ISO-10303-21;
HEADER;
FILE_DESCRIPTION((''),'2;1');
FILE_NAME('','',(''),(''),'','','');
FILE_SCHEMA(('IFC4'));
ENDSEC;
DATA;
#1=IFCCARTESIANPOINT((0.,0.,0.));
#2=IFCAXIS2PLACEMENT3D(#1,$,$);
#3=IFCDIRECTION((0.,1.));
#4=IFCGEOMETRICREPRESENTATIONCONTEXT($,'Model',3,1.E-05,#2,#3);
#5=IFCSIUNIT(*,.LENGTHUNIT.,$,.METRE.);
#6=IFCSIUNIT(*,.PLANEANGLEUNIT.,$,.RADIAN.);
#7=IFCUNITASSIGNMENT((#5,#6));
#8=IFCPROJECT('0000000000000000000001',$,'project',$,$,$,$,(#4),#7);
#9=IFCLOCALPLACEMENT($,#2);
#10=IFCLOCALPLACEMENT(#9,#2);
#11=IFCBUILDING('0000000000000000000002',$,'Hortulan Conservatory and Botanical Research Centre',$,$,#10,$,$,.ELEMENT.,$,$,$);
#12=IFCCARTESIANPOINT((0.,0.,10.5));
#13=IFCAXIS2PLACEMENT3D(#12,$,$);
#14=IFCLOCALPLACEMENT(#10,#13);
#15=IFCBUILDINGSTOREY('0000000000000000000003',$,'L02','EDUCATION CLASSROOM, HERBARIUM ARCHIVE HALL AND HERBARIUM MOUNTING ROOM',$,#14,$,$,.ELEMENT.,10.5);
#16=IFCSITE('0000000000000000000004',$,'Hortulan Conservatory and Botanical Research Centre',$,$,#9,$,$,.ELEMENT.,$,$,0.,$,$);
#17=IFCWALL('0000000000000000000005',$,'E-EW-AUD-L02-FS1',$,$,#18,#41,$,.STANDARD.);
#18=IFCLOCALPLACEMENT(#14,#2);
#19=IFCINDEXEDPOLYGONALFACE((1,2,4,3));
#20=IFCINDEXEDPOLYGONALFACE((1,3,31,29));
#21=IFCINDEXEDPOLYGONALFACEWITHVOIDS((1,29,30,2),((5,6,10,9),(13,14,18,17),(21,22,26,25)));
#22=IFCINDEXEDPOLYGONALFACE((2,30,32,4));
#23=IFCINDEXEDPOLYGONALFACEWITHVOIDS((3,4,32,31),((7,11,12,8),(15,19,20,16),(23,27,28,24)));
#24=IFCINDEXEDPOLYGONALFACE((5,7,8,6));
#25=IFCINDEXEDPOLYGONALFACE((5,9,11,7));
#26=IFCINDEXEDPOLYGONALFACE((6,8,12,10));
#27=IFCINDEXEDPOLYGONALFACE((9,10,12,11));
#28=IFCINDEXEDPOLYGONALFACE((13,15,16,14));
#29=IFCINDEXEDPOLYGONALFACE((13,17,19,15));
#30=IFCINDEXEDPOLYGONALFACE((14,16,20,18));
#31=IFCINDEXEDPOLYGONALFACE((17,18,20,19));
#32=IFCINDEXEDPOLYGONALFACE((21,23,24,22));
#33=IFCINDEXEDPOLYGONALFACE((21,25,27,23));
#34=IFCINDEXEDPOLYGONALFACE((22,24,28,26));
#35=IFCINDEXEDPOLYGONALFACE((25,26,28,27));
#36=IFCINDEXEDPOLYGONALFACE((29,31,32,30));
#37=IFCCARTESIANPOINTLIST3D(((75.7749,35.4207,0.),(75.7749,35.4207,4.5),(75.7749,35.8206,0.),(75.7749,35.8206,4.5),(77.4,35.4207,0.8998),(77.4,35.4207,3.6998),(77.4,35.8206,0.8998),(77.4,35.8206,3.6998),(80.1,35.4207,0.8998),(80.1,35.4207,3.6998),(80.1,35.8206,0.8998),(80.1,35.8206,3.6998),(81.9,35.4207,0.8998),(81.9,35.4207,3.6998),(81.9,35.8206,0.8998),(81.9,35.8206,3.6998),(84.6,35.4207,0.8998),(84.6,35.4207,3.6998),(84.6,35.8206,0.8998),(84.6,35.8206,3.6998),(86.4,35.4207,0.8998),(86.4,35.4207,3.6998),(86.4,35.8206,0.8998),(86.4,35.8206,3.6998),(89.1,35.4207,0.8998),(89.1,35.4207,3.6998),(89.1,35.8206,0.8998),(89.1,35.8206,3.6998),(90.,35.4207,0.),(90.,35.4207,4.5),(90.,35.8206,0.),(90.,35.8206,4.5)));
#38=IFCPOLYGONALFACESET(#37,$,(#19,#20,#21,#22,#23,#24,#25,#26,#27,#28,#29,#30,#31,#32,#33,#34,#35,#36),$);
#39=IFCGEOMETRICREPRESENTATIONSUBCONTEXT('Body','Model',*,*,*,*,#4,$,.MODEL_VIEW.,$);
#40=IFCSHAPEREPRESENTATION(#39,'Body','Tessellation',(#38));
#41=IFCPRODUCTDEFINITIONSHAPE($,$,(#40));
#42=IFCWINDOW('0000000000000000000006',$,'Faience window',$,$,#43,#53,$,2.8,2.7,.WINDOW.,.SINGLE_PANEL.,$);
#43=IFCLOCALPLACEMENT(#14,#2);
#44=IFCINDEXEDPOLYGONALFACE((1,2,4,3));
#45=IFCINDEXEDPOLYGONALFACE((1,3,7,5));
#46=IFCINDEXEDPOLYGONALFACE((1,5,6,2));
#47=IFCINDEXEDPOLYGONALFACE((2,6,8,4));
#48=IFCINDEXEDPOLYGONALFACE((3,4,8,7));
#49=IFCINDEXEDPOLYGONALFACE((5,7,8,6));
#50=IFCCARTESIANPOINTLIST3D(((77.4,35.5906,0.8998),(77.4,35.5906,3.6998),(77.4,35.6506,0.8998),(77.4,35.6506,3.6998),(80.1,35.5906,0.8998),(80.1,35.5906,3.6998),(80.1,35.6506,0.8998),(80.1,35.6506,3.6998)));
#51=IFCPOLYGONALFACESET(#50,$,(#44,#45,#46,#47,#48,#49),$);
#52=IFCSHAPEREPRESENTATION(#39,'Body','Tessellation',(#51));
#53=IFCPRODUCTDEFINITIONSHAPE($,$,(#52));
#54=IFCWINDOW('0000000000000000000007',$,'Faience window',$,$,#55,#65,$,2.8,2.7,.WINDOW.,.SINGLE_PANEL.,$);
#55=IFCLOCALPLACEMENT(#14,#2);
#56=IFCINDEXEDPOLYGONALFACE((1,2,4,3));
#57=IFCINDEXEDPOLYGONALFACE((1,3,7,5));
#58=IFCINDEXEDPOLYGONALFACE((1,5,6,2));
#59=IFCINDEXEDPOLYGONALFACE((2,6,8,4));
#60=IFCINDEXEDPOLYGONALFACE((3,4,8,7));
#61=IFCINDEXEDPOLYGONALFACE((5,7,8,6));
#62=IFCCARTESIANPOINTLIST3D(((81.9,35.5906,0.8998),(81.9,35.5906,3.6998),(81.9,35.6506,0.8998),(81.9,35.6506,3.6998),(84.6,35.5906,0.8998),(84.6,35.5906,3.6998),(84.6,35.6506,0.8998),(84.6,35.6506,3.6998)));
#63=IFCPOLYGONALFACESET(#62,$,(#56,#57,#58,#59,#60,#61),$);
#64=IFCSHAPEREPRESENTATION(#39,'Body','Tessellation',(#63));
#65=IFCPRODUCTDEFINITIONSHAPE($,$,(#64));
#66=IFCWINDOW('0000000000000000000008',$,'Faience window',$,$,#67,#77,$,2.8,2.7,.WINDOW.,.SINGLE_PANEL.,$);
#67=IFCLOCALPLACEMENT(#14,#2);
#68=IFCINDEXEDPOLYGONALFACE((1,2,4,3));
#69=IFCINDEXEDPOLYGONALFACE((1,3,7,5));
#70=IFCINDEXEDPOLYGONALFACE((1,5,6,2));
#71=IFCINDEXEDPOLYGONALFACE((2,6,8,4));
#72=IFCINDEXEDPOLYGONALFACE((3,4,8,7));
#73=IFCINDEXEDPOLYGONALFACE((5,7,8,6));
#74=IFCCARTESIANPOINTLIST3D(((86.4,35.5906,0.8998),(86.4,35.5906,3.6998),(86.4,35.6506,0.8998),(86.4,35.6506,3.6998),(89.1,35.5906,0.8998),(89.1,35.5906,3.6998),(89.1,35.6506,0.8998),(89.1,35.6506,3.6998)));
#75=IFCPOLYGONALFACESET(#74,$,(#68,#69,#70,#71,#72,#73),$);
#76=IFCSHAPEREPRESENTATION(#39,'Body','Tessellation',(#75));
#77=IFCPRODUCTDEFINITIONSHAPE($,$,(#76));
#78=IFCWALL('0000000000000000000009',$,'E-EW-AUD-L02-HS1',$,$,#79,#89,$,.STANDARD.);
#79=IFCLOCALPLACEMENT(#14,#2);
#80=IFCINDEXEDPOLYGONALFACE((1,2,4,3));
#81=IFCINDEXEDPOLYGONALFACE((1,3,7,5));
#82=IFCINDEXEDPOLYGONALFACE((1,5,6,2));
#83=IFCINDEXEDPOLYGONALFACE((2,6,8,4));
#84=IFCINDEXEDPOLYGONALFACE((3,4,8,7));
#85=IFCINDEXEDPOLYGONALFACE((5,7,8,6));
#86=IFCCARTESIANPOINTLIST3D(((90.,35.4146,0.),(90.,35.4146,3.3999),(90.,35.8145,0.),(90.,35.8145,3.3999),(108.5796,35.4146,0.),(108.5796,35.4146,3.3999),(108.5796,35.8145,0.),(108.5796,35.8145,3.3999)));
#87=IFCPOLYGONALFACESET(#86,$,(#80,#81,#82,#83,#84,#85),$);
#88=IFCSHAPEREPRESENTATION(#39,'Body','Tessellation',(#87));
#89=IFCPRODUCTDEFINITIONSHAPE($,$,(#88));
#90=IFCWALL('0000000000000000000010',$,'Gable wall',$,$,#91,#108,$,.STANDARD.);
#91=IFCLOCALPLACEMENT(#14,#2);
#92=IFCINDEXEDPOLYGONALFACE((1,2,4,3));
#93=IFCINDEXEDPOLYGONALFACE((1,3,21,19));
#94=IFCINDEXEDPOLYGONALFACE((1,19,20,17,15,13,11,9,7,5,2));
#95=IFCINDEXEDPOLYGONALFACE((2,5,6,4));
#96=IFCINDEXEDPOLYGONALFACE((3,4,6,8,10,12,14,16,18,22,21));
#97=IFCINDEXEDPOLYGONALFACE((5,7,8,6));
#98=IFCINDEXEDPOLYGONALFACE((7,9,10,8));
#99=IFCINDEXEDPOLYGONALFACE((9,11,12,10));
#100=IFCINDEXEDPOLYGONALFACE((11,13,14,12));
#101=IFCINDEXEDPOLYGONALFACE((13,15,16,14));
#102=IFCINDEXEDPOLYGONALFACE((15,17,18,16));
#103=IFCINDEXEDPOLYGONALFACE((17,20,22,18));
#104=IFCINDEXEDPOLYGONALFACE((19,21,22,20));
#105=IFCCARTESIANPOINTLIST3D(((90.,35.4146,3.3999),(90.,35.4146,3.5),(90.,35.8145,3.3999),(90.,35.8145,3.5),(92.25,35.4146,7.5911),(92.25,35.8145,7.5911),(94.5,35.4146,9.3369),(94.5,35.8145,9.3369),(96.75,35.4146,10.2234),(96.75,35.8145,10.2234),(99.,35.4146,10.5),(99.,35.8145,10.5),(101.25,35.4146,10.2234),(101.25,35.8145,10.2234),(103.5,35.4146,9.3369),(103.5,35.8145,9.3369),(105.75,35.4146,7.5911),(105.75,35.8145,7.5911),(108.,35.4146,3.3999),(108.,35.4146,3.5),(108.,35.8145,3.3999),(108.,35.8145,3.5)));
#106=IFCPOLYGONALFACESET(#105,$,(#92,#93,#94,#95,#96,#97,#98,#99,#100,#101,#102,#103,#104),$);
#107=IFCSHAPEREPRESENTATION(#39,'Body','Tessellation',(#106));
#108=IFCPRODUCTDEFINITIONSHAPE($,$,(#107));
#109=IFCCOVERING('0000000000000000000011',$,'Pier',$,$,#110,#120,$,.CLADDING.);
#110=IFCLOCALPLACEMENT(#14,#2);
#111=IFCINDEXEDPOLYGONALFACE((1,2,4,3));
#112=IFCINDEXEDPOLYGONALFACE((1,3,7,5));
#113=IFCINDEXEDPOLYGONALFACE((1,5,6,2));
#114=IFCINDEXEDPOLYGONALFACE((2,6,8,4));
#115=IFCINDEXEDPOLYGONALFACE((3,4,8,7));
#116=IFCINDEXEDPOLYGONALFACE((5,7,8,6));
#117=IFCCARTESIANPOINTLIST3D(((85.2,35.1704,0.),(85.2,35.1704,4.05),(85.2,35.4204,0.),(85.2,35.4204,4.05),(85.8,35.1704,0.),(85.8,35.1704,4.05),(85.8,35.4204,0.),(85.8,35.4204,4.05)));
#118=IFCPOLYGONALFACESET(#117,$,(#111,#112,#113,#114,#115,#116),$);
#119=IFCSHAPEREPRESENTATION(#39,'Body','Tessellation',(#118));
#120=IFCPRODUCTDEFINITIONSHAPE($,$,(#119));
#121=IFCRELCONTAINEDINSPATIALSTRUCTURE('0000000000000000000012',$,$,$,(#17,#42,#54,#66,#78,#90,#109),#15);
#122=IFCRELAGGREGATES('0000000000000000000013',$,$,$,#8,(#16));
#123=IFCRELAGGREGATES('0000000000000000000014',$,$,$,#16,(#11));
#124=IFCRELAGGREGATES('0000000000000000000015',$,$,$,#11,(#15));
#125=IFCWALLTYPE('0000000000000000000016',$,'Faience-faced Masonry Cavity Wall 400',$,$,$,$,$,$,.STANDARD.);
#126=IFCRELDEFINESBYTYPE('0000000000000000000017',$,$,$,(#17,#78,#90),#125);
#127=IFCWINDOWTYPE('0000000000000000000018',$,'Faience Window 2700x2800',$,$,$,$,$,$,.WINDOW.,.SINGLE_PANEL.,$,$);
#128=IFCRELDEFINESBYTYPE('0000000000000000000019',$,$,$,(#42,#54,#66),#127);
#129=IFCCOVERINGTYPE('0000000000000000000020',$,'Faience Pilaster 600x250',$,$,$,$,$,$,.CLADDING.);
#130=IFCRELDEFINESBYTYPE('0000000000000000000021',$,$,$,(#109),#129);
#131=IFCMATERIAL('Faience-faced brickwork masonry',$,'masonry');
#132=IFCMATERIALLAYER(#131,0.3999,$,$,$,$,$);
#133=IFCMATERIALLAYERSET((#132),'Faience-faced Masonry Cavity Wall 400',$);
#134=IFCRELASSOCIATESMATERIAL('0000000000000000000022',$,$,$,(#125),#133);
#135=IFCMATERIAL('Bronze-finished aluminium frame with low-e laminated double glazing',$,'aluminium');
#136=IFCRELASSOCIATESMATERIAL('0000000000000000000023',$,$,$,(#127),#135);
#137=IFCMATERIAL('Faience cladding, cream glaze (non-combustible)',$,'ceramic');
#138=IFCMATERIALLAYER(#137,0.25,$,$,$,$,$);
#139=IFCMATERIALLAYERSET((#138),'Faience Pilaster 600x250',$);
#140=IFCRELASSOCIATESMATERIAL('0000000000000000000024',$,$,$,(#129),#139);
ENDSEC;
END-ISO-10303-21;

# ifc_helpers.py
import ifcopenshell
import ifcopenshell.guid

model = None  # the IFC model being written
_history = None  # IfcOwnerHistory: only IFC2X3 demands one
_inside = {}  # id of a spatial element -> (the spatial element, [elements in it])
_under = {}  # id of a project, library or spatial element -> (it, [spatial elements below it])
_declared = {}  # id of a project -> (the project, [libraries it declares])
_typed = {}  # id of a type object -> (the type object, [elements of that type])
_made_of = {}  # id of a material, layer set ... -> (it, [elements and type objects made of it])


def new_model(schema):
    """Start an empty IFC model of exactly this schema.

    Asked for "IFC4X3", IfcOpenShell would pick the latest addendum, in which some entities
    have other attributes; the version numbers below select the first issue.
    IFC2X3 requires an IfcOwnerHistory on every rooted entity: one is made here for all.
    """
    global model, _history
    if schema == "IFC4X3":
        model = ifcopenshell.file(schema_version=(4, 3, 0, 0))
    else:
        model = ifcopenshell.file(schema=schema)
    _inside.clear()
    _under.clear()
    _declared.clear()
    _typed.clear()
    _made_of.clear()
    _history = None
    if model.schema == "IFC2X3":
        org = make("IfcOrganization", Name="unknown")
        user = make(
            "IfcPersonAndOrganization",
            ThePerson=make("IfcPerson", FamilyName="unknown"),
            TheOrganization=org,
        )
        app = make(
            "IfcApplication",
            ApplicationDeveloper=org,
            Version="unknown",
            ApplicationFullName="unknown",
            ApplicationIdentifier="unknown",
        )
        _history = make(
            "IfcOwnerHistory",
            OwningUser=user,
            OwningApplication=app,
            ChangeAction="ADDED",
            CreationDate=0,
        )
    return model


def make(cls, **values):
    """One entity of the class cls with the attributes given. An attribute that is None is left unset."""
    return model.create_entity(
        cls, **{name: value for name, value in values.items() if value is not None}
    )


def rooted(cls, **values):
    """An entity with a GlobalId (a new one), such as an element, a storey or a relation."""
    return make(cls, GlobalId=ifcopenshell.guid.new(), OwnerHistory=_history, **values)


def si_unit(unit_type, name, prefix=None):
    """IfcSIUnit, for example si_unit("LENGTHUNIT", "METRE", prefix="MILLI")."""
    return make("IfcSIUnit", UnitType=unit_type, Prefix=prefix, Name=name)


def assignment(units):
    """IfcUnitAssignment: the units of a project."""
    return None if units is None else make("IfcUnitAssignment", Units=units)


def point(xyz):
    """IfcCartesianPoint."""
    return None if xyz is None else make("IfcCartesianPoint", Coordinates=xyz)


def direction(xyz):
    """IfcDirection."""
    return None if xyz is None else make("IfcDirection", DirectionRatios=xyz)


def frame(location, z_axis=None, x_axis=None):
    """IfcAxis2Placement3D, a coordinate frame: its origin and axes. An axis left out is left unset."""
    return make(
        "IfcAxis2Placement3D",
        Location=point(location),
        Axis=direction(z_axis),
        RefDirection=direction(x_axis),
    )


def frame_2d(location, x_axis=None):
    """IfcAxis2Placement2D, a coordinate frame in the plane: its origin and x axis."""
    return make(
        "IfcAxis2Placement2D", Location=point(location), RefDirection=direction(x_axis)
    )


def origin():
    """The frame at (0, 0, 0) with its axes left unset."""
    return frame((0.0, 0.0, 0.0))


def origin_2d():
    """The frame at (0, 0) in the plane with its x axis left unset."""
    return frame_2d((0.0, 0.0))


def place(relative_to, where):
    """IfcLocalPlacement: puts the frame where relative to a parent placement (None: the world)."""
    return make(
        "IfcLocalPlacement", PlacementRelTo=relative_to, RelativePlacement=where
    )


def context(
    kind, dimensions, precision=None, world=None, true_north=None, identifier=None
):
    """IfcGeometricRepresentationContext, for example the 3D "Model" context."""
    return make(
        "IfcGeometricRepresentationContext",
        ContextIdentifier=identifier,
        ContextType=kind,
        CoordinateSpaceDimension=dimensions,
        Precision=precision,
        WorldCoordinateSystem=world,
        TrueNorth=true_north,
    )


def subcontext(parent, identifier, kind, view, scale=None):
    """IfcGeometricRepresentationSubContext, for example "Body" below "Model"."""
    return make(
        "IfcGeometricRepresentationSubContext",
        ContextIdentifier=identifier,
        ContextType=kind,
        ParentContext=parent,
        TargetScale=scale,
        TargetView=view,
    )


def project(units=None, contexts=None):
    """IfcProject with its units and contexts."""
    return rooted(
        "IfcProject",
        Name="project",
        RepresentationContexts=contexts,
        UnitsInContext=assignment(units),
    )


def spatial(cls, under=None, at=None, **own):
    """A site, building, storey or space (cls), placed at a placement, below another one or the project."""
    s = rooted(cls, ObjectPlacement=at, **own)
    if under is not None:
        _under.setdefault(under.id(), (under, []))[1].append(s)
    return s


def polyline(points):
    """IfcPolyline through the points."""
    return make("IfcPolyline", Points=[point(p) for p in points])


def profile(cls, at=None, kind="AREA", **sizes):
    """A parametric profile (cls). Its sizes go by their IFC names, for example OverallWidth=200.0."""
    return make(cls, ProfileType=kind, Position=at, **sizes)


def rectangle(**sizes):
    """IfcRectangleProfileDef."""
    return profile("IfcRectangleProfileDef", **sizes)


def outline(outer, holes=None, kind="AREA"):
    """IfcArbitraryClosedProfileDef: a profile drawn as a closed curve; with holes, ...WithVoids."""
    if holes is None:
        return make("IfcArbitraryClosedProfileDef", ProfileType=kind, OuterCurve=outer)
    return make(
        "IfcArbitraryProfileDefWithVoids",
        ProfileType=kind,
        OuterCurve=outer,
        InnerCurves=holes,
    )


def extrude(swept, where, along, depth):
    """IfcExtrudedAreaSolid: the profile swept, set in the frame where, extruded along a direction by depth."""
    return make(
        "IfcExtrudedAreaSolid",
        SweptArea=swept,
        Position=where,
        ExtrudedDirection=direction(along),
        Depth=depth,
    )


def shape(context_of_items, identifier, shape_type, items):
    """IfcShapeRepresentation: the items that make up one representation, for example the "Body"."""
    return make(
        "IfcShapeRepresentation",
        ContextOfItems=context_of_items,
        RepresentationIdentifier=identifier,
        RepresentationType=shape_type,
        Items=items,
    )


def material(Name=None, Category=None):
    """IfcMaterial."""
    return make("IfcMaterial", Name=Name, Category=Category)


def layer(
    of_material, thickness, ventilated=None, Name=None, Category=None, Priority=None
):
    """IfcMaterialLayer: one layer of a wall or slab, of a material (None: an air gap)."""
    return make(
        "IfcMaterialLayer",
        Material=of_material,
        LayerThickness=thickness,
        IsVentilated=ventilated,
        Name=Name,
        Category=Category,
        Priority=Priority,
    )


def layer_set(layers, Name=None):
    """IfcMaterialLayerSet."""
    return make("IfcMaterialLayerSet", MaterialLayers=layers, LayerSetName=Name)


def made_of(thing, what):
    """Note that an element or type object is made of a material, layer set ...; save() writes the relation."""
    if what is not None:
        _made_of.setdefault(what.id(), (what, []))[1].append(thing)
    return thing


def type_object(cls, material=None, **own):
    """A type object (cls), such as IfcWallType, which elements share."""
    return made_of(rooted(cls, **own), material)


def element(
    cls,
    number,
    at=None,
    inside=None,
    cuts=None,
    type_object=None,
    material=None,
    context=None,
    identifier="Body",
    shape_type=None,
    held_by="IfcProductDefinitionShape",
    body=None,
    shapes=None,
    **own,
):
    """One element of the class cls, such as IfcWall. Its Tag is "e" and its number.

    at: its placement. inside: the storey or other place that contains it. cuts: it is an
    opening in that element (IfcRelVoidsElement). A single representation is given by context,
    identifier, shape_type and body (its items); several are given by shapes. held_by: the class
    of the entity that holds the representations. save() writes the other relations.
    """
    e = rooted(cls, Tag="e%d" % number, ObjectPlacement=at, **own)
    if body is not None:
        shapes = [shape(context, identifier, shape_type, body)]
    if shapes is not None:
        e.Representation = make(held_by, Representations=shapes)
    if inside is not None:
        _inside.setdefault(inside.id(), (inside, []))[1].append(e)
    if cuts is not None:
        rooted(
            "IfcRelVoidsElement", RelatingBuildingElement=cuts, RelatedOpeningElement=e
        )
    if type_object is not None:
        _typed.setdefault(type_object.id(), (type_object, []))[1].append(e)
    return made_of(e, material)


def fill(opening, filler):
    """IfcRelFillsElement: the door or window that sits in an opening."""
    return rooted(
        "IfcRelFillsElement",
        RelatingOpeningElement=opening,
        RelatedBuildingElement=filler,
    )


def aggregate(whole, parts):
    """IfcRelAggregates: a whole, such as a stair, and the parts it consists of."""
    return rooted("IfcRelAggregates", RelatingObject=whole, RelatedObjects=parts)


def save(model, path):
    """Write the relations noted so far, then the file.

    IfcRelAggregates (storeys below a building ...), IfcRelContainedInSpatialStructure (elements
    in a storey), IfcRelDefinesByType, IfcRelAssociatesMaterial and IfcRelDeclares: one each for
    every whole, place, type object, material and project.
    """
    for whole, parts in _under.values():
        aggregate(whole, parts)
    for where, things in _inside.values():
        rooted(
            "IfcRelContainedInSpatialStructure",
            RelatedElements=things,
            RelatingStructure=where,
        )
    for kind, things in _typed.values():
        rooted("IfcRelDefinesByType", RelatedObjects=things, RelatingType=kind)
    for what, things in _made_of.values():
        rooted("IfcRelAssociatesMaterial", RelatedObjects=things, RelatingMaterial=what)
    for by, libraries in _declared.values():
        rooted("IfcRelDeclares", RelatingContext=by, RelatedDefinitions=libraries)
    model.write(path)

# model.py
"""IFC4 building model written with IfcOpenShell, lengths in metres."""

from ifc_helpers import new_model, si_unit, direction, frame, frame_2d, origin, origin_2d, place, context, subcontext, project, spatial, polyline, rectangle, outline, extrude, material, layer, layer_set, type_object, element, fill, save


model = new_model("IFC4")

# Units and contexts
model_context = context("Model", 3, precision=1e-05, world=origin(), true_north=direction((0.0, 1.0)))
body_context = subcontext(model_context, "Body", "Model", "MODEL_VIEW")
ifc_project = project(units=[si_unit("LENGTHUNIT", "METRE"), si_unit("PLANEANGLEUNIT", "RADIAN")], contexts=[model_context])

# Site, building, storey
site_placement = place(None, origin())
site = spatial("IfcSite", under=ifc_project, at=site_placement, Name="Hortulan Conservatory and Botanical Research Centre", CompositionType="ELEMENT", RefElevation=0.0)
building_placement = place(site_placement, origin())
building = spatial("IfcBuilding", under=site, at=building_placement, Name="Hortulan Conservatory and Botanical Research Centre", CompositionType="ELEMENT")
storey_placement = place(building_placement, frame((0.0, 0.0, 10.5)))
storey = spatial("IfcBuildingStorey", under=building, at=storey_placement, Name="L02", Description="EDUCATION CLASSROOM, HERBARIUM ARCHIVE HALL AND HERBARIUM MOUNTING ROOM", CompositionType="ELEMENT", Elevation=10.5)

# Wall, openings, windows
ifc_material_1 = material(Name="Faience-faced brickwork masonry", Category="masonry")
ifc_layer_1 = layer(ifc_material_1, 0.3999)
ifc_layer_set_1 = layer_set([ifc_layer_1], Name="Faience-faced Masonry Cavity Wall 400")
wall_type_1 = type_object("IfcWallType", Name="Faience-faced Masonry Cavity Wall 400", PredefinedType="STANDARD", material=ifc_layer_set_1)
wall_1_placement = place(storey_placement, frame((90.0, 35.6206, 0.0), z_axis=(0.0, 0.0, 1.0), x_axis=(-1.0, 0.0, 0.0)))
wall_1 = element("IfcWall", 1, at=wall_1_placement, inside=storey, type_object=wall_type_1, Name="E-EW-AUD-L02-FS1", PredefinedType="STANDARD", context=body_context, shape_type="SweptSolid", body=[
    extrude(rectangle(XDim=14.2251, YDim=0.3999, at=frame_2d((7.1125, 0.0))), origin(), (0.0, 0.0, 1.0), 4.5),
])
opening_1_placement = place(wall_1_placement, frame((9.8999, 0.0, 0.8999)))
opening_1 = element("IfcOpeningElement", 2, at=opening_1_placement, cuts=wall_1, PredefinedType="OPENING", context=body_context, shape_type="SweptSolid", body=[
    extrude(rectangle(XDim=2.7, YDim=2.8, at=frame_2d((1.3501, 1.3999))), frame((0.0, 0.21, 0.0), z_axis=(0.0, -1.0, 0.0), x_axis=(1.0, 0.0, 0.0)), (0.0, 0.0, 1.0), 0.4199),
])
opening_2_placement = place(wall_1_placement, frame((5.3999, 0.0, 0.8999)))
opening_2 = element("IfcOpeningElement", 3, at=opening_2_placement, cuts=wall_1, PredefinedType="OPENING", context=body_context, shape_type="SweptSolid", body=[
    extrude(rectangle(XDim=2.7, YDim=2.8, at=frame_2d((1.3501, 1.3999))), frame((0.0, 0.21, 0.0), z_axis=(0.0, -1.0, 0.0), x_axis=(1.0, 0.0, 0.0)), (0.0, 0.0, 1.0), 0.4199),
])
opening_3_placement = place(wall_1_placement, frame((0.8999, 0.0, 0.8999)))
opening_3 = element("IfcOpeningElement", 4, at=opening_3_placement, cuts=wall_1, PredefinedType="OPENING", context=body_context, shape_type="SweptSolid", body=[
    extrude(rectangle(XDim=2.7, YDim=2.8, at=frame_2d((1.3501, 1.3999))), frame((0.0, 0.21, 0.0), z_axis=(0.0, -1.0, 0.0), x_axis=(1.0, 0.0, 0.0)), (0.0, 0.0, 1.0), 0.4199),
])
ifc_material_2 = material(Name="Bronze-finished aluminium frame with low-e laminated double glazing", Category="aluminium")
window_type = type_object("IfcWindowType", Name="Faience Window 2700x2800", PartitioningType="SINGLE_PANEL", PredefinedType="WINDOW", material=ifc_material_2)
window_1_placement = place(opening_1_placement, origin())
window_1 = element("IfcWindow", 5, at=window_1_placement, inside=storey, type_object=window_type, Name="Faience window", OverallHeight=2.8, OverallWidth=2.7, PartitioningType="SINGLE_PANEL", PredefinedType="WINDOW", context=body_context, shape_type="SweptSolid", body=[
    extrude(rectangle(XDim=2.7, YDim=2.8, at=frame_2d((1.3501, 1.3999))), frame((0.0, 0.03, 0.0), z_axis=(0.0, -1.0, 0.0), x_axis=(1.0, 0.0, 0.0)), (0.0, 0.0, 1.0), 0.0601),
])
fill(opening_1, window_1)
window_2_placement = place(opening_2_placement, origin())
window_2 = element("IfcWindow", 6, at=window_2_placement, inside=storey, type_object=window_type, Name="Faience window", OverallHeight=2.8, OverallWidth=2.7, PartitioningType="SINGLE_PANEL", PredefinedType="WINDOW", context=body_context, shape_type="SweptSolid", body=[
    extrude(rectangle(XDim=2.7, YDim=2.8, at=frame_2d((1.3501, 1.3999))), frame((0.0, 0.03, 0.0), z_axis=(0.0, -1.0, 0.0), x_axis=(1.0, 0.0, 0.0)), (0.0, 0.0, 1.0), 0.0601),
])
fill(opening_2, window_2)
window_3_placement = place(opening_3_placement, origin())
window_3 = element("IfcWindow", 7, at=window_3_placement, inside=storey, type_object=window_type, Name="Faience window", OverallHeight=2.8, OverallWidth=2.7, PartitioningType="SINGLE_PANEL", PredefinedType="WINDOW", context=body_context, shape_type="SweptSolid", body=[
    extrude(rectangle(XDim=2.7, YDim=2.8, at=frame_2d((1.3501, 1.3999))), frame((0.0, 0.03, 0.0), z_axis=(0.0, -1.0, 0.0), x_axis=(1.0, 0.0, 0.0)), (0.0, 0.0, 1.0), 0.0601),
])
fill(opening_3, window_3)

# Walls
wall_2_placement = place(storey_placement, frame((108.5796, 35.6145, 0.0), z_axis=(0.0, 0.0, 1.0), x_axis=(-1.0, 0.0, 0.0)))
element("IfcWall", 8, at=wall_2_placement, inside=storey, type_object=wall_type_1, Name="E-EW-AUD-L02-HS1", PredefinedType="STANDARD", context=body_context, shape_type="SweptSolid", body=[
    extrude(rectangle(XDim=18.5796, YDim=0.3999, at=frame_2d((9.2898, 0.0))), origin(), (0.0, 0.0, 1.0), 3.3999),
])
wall_3_placement = place(storey_placement, frame((108.0, 35.6145, 3.3999), z_axis=(0.0, 0.0, 1.0), x_axis=(-1.0, 0.0, 0.0)))
element("IfcWall", 9, at=wall_3_placement, inside=storey, type_object=wall_type_1, Name="Gable wall", PredefinedType="STANDARD", context=body_context, shape_type="SweptSolid", body=[
    extrude(outline(polyline([(0.0, 0.0), (18.0, 0.0), (18.0, 0.1001), (15.75, 4.1912), (13.5, 5.937), (11.25, 6.8235), (9.0, 7.1001), (6.75, 6.8235), (4.5, 5.937), (2.25, 4.1912), (0.0, 0.1001), (0.0, 0.0)])), frame((0.0, 0.2, 0.0), z_axis=(0.0, -1.0, 0.0), x_axis=(1.0, 0.0, 0.0)), (0.0, 0.0, 1.0), 0.3999),
])

# Covering
ifc_material_3 = material(Name="Faience cladding, cream glaze (non-combustible)", Category="ceramic")
ifc_layer_2 = layer(ifc_material_3, 0.25)
ifc_layer_set_2 = layer_set([ifc_layer_2], Name="Faience Pilaster 600x250")
covering_type_1 = type_object("IfcCoveringType", Name="Faience Pilaster 600x250", PredefinedType="CLADDING", material=ifc_layer_set_2)
covering_1_placement = place(storey_placement, frame((85.5, 35.2954, 0.0), z_axis=(0.0, 0.0, 1.0), x_axis=(-1.0, 0.0, 0.0)))
element("IfcCovering", 10, at=covering_1_placement, inside=storey, type_object=covering_type_1, Name="Pier", PredefinedType="CLADDING", context=body_context, shape_type="SweptSolid", body=[
    extrude(rectangle(XDim=0.6001, YDim=0.25, at=origin_2d()), origin(), (0.0, 0.0, 1.0), 4.05),
])

save(model, "model.ifc")
